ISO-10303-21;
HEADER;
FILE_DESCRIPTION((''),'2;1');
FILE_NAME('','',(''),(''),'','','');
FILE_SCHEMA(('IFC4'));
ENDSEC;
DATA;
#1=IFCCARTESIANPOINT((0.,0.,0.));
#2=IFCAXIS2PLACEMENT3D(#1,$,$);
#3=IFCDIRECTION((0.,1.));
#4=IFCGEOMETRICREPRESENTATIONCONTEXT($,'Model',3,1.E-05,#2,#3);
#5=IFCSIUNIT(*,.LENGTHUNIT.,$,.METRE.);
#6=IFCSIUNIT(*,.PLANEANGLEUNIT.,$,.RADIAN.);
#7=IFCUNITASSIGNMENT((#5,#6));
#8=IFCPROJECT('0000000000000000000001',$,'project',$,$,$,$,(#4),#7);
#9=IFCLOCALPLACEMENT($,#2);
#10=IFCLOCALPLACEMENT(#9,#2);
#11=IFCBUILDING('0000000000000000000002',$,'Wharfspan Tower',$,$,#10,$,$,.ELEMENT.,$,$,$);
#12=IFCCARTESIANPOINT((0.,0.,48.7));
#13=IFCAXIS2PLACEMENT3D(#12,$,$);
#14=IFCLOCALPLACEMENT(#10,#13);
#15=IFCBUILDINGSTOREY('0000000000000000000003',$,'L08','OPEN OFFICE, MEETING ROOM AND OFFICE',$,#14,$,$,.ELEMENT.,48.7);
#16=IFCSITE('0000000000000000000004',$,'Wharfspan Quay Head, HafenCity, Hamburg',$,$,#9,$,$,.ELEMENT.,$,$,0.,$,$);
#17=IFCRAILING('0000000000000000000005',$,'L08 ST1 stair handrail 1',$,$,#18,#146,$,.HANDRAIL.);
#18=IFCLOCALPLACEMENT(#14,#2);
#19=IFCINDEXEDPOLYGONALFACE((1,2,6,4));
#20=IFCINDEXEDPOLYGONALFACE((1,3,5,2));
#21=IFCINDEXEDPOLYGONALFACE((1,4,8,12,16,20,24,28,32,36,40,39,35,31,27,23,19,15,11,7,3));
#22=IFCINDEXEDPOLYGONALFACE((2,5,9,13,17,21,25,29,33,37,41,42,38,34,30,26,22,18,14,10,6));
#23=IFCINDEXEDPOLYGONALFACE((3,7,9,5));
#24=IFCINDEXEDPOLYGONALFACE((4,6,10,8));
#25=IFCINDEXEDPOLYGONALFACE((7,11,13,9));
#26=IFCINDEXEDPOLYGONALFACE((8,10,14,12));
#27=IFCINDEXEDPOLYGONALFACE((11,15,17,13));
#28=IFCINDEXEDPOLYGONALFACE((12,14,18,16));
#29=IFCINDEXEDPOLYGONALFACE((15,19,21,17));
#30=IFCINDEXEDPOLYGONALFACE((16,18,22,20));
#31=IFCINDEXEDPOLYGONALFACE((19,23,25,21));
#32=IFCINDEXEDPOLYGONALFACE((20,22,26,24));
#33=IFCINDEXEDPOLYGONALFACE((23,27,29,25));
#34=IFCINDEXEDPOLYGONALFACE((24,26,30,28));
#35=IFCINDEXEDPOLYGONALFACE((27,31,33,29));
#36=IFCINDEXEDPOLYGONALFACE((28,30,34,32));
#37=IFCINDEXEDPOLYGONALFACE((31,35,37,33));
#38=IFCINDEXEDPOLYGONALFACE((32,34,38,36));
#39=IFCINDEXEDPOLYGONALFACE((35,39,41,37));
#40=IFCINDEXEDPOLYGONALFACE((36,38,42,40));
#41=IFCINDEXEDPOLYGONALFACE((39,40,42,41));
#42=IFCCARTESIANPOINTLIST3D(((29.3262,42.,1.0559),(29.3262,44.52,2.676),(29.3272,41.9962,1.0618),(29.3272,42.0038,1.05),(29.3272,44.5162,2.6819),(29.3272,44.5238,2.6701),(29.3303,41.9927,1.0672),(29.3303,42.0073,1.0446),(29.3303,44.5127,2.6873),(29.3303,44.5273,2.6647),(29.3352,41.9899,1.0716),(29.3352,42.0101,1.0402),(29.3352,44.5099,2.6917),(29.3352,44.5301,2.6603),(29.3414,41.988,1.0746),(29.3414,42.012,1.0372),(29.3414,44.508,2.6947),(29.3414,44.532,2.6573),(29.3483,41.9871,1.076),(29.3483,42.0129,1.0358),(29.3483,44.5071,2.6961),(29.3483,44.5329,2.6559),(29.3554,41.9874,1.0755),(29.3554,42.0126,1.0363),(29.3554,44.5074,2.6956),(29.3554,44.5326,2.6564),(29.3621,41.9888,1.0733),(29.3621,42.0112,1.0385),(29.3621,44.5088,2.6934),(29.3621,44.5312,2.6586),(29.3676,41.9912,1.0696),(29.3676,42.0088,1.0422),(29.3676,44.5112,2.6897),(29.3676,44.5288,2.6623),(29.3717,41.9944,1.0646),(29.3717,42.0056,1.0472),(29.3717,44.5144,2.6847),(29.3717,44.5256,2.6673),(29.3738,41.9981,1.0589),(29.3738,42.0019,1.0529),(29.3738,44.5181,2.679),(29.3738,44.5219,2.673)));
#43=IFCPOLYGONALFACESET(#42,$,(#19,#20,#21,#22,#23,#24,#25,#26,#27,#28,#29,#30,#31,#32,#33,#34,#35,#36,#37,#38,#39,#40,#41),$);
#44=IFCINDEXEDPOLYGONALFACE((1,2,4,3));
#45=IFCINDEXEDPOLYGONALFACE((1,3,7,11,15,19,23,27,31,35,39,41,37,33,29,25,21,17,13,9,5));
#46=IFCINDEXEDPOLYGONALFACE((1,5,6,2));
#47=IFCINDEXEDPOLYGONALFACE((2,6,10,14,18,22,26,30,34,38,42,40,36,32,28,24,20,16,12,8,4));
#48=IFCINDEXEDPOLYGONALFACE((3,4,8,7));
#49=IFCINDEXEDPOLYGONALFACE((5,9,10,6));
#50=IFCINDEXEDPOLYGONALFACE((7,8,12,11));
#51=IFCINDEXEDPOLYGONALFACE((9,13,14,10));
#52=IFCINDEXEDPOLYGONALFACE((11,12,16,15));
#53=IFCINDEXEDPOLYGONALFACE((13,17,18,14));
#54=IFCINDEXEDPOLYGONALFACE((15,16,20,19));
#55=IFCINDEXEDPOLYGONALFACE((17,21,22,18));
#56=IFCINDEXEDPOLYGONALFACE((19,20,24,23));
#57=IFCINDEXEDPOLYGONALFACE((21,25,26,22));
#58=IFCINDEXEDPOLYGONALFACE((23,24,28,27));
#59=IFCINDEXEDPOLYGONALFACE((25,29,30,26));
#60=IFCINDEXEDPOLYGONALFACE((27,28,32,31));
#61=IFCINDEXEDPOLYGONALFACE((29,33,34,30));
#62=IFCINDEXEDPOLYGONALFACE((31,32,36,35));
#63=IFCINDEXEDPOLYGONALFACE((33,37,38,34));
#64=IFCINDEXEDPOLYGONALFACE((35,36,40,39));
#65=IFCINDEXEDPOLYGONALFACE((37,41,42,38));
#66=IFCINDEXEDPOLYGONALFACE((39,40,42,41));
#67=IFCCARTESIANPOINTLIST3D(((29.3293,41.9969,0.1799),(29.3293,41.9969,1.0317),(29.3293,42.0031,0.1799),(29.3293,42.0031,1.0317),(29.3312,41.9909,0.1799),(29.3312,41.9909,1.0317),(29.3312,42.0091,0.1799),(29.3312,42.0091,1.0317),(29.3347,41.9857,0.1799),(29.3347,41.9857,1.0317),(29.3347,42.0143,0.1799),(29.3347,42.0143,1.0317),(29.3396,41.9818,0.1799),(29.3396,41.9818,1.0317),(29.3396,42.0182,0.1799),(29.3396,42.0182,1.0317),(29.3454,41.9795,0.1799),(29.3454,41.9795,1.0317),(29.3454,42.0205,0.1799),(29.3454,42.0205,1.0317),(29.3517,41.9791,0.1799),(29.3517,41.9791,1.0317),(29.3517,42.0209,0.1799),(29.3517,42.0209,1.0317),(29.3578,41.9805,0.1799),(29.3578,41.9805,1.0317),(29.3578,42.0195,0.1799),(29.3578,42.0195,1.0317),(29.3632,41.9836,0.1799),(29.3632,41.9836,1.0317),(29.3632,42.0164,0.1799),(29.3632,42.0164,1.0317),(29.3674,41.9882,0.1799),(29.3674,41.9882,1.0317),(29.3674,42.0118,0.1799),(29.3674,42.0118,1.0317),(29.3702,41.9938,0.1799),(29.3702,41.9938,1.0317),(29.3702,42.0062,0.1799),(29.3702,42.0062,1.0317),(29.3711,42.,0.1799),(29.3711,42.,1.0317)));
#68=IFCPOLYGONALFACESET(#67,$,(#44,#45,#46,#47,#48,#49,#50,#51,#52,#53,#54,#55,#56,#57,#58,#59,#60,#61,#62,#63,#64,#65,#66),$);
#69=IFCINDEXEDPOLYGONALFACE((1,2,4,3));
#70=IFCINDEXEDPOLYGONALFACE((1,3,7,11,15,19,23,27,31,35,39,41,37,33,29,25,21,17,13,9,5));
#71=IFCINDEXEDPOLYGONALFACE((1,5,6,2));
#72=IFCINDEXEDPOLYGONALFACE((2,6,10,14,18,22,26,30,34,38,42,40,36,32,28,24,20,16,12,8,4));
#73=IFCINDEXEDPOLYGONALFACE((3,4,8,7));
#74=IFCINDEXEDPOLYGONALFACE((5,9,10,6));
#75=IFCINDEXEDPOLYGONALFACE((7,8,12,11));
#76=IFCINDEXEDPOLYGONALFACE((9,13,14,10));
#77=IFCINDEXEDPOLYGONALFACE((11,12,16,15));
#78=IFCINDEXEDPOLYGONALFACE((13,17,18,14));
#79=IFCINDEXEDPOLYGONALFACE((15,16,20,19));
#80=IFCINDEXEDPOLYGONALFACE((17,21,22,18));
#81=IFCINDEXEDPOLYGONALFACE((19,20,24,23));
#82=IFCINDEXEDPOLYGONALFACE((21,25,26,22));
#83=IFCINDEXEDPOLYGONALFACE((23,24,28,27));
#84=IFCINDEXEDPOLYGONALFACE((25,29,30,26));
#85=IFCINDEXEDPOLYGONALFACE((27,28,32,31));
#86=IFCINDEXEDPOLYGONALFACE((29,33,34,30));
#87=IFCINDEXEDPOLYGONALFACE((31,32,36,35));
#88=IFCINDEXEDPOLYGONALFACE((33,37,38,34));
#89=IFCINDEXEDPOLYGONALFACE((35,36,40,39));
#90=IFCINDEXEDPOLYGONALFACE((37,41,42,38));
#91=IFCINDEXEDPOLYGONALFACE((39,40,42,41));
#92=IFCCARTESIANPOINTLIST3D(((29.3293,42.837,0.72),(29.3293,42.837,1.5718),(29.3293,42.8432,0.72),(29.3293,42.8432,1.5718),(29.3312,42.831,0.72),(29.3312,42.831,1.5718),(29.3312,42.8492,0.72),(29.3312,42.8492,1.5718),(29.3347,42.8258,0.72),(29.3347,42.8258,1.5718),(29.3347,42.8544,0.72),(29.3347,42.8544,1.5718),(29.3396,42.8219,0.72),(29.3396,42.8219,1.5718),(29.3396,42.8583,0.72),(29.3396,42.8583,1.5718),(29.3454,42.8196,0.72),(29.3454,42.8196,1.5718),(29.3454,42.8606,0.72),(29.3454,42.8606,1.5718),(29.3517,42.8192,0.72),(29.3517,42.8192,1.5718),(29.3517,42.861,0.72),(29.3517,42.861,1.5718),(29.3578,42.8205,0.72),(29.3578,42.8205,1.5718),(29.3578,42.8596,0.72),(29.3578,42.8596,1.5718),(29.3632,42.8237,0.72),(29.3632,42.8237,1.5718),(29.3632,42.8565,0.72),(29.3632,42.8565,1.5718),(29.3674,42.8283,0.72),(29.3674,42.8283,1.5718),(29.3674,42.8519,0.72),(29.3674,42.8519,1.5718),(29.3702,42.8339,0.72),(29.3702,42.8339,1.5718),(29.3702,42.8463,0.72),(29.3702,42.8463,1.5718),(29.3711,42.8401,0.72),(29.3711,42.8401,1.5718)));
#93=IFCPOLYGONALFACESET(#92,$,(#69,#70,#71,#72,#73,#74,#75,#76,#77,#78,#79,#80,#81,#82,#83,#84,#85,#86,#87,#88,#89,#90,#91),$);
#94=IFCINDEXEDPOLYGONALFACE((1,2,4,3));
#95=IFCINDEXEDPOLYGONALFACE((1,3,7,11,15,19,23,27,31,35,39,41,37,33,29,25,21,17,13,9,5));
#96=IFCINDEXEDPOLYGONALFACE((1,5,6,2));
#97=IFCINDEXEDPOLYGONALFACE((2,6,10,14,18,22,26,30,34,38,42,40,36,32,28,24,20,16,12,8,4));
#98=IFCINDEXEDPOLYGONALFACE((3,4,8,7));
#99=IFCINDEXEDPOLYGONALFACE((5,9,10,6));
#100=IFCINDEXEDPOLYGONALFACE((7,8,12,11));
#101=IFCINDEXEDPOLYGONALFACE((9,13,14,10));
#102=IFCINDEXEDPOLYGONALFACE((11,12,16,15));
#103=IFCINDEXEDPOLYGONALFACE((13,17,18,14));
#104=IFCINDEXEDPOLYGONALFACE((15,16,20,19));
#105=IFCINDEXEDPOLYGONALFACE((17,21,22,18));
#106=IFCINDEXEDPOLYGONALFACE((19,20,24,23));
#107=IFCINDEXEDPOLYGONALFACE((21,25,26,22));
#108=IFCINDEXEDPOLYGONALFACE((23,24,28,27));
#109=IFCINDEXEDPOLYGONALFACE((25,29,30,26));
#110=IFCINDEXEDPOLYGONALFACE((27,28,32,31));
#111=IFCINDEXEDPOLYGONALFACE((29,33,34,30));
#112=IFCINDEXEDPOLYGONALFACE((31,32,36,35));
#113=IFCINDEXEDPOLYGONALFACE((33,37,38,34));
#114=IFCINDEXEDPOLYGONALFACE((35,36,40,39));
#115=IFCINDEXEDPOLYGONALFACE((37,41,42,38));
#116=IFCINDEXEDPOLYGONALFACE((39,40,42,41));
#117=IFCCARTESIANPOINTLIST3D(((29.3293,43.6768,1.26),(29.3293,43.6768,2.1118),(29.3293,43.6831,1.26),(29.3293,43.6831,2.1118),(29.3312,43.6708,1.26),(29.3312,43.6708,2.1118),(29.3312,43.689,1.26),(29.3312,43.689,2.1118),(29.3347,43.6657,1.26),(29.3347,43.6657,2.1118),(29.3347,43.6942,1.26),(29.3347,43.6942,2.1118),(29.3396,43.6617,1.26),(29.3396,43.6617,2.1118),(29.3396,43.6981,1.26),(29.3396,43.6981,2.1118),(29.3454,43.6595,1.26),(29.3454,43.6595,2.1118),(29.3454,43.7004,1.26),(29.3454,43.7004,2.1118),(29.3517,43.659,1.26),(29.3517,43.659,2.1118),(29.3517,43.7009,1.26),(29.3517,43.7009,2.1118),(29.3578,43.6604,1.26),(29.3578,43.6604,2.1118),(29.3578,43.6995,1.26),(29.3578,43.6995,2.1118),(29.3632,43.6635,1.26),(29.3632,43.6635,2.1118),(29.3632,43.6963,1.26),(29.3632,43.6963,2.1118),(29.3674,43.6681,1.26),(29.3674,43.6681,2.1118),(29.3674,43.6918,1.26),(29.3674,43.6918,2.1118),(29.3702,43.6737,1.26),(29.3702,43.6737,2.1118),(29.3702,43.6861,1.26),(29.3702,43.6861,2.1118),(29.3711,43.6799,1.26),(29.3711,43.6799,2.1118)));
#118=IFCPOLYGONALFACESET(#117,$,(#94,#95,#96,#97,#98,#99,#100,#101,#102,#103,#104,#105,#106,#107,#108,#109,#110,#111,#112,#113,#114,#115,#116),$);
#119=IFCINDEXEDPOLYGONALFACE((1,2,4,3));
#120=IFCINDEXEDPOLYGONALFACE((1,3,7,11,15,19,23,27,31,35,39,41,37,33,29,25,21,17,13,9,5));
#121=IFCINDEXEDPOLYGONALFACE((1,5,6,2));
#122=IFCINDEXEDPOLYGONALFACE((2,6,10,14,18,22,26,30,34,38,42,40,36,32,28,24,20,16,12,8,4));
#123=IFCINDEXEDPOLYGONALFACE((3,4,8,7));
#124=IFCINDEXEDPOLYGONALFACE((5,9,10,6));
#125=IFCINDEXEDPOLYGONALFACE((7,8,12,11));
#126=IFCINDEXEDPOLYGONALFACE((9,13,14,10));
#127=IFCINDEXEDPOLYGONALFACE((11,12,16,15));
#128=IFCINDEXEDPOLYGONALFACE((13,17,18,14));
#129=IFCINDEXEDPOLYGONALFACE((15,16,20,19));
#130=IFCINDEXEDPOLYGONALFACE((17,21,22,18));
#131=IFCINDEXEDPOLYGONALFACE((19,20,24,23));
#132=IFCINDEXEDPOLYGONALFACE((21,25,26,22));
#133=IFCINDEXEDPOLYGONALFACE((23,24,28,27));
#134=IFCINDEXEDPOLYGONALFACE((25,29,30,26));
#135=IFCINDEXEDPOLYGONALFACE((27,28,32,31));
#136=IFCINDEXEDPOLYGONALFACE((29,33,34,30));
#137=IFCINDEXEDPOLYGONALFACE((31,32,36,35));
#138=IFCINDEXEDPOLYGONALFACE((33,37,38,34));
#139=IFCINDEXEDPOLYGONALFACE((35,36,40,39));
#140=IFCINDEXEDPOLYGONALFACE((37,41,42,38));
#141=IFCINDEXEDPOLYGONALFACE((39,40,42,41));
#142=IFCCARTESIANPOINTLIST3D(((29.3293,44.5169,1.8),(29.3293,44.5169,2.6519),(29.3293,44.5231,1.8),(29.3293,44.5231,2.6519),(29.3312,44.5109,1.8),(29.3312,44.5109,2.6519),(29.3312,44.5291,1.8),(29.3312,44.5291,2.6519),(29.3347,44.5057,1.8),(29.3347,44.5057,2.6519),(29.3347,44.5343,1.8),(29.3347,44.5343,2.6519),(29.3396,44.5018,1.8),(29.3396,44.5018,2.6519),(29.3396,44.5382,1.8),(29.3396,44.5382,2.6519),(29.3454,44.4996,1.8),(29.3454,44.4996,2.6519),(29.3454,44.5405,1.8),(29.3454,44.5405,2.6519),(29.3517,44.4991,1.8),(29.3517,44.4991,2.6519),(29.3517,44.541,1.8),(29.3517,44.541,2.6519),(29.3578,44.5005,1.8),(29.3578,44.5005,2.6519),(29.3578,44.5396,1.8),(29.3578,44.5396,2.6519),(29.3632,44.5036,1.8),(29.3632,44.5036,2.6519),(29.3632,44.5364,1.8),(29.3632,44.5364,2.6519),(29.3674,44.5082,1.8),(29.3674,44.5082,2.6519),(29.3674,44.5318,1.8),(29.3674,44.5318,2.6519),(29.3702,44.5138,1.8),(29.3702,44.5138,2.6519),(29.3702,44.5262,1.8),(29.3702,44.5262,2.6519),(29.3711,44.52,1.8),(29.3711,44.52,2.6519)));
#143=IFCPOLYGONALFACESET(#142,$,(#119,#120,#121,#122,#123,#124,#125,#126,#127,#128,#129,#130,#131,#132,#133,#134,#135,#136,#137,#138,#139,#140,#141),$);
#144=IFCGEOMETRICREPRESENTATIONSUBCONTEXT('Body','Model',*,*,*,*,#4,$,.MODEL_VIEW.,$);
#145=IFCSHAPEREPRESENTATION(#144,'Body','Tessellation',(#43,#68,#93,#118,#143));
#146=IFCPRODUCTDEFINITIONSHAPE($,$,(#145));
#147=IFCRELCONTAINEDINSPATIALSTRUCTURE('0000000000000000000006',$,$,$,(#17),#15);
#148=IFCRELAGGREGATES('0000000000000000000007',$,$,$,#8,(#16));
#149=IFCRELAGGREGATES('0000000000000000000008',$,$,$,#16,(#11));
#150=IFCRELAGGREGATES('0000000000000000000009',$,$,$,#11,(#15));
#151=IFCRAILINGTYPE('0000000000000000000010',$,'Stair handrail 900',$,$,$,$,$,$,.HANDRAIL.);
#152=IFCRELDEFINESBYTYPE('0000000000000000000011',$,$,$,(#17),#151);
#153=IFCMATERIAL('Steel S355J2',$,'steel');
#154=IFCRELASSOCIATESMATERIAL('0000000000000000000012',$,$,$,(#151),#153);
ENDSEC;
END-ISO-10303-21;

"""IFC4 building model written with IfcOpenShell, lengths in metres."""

from ifc_helpers import new_model, si_unit, direction, frame, origin, origin_2d, place, context, subcontext, project, spatial, circle, extrude, material, type_object, element, save


model = new_model("IFC4")

# Units and contexts
model_context = context("Model", 3, precision=1e-05, world=origin(), true_north=direction((0.0, 1.0)))
body_context = subcontext(model_context, "Body", "Model", "MODEL_VIEW")
ifc_project = project(units=[si_unit("LENGTHUNIT", "METRE"), si_unit("PLANEANGLEUNIT", "RADIAN")], contexts=[model_context])

# Site, building, storey
site_placement = place(None, origin())
site = spatial("IfcSite", under=ifc_project, at=site_placement, Name="Wharfspan Quay Head, HafenCity, Hamburg", CompositionType="ELEMENT", RefElevation=0.0)
building_placement = place(site_placement, origin())
building = spatial("IfcBuilding", under=site, at=building_placement, Name="Wharfspan Tower", CompositionType="ELEMENT")
storey_placement = place(building_placement, frame((0.0, 0.0, 48.7)))
storey = spatial("IfcBuildingStorey", under=building, at=storey_placement, Name="L08", Description="OPEN OFFICE, MEETING ROOM AND OFFICE", CompositionType="ELEMENT", Elevation=48.7)

# Shared definitions
ifc_material_1 = material(Name="Steel S355J2", Category="steel")

# Railing
railing_type_1 = type_object("IfcRailingType", Name="Stair handrail 900", PredefinedType="HANDRAIL", material=ifc_material_1)
railing_1_placement = place(storey_placement, frame((29.3501, 42.0, 0.1799)))
element("IfcRailing", 1, at=railing_1_placement, inside=storey, type_object=railing_type_1, Name="L08 ST1 stair handrail 1", PredefinedType="HANDRAIL", context=body_context, shape_type="SweptSolid", body=[
    extrude(circle(Radius=0.0239, at=origin_2d()), frame((0.0, 0.0, 0.876), z_axis=(0.0, 0.841163, 0.540782), x_axis=(-1.0, 0.0, 0.0)), (0.0, 0.0, 1.0), 2.9958),
    extrude(circle(Radius=0.021, at=origin_2d()), origin(), (0.0, 0.0, 1.0), 0.8518),
    extrude(circle(Radius=0.021, at=origin_2d()), frame((0.0, 0.8401, 0.54)), (0.0, 0.0, 1.0), 0.8518),
    extrude(circle(Radius=0.021, at=origin_2d()), frame((0.0, 1.6799, 1.0801)), (0.0, 0.0, 1.0), 0.8518),
    extrude(circle(Radius=0.021, at=origin_2d()), frame((0.0, 2.52, 1.6201)), (0.0, 0.0, 1.0), 0.8518),
])

save(model, "model.ifc")
